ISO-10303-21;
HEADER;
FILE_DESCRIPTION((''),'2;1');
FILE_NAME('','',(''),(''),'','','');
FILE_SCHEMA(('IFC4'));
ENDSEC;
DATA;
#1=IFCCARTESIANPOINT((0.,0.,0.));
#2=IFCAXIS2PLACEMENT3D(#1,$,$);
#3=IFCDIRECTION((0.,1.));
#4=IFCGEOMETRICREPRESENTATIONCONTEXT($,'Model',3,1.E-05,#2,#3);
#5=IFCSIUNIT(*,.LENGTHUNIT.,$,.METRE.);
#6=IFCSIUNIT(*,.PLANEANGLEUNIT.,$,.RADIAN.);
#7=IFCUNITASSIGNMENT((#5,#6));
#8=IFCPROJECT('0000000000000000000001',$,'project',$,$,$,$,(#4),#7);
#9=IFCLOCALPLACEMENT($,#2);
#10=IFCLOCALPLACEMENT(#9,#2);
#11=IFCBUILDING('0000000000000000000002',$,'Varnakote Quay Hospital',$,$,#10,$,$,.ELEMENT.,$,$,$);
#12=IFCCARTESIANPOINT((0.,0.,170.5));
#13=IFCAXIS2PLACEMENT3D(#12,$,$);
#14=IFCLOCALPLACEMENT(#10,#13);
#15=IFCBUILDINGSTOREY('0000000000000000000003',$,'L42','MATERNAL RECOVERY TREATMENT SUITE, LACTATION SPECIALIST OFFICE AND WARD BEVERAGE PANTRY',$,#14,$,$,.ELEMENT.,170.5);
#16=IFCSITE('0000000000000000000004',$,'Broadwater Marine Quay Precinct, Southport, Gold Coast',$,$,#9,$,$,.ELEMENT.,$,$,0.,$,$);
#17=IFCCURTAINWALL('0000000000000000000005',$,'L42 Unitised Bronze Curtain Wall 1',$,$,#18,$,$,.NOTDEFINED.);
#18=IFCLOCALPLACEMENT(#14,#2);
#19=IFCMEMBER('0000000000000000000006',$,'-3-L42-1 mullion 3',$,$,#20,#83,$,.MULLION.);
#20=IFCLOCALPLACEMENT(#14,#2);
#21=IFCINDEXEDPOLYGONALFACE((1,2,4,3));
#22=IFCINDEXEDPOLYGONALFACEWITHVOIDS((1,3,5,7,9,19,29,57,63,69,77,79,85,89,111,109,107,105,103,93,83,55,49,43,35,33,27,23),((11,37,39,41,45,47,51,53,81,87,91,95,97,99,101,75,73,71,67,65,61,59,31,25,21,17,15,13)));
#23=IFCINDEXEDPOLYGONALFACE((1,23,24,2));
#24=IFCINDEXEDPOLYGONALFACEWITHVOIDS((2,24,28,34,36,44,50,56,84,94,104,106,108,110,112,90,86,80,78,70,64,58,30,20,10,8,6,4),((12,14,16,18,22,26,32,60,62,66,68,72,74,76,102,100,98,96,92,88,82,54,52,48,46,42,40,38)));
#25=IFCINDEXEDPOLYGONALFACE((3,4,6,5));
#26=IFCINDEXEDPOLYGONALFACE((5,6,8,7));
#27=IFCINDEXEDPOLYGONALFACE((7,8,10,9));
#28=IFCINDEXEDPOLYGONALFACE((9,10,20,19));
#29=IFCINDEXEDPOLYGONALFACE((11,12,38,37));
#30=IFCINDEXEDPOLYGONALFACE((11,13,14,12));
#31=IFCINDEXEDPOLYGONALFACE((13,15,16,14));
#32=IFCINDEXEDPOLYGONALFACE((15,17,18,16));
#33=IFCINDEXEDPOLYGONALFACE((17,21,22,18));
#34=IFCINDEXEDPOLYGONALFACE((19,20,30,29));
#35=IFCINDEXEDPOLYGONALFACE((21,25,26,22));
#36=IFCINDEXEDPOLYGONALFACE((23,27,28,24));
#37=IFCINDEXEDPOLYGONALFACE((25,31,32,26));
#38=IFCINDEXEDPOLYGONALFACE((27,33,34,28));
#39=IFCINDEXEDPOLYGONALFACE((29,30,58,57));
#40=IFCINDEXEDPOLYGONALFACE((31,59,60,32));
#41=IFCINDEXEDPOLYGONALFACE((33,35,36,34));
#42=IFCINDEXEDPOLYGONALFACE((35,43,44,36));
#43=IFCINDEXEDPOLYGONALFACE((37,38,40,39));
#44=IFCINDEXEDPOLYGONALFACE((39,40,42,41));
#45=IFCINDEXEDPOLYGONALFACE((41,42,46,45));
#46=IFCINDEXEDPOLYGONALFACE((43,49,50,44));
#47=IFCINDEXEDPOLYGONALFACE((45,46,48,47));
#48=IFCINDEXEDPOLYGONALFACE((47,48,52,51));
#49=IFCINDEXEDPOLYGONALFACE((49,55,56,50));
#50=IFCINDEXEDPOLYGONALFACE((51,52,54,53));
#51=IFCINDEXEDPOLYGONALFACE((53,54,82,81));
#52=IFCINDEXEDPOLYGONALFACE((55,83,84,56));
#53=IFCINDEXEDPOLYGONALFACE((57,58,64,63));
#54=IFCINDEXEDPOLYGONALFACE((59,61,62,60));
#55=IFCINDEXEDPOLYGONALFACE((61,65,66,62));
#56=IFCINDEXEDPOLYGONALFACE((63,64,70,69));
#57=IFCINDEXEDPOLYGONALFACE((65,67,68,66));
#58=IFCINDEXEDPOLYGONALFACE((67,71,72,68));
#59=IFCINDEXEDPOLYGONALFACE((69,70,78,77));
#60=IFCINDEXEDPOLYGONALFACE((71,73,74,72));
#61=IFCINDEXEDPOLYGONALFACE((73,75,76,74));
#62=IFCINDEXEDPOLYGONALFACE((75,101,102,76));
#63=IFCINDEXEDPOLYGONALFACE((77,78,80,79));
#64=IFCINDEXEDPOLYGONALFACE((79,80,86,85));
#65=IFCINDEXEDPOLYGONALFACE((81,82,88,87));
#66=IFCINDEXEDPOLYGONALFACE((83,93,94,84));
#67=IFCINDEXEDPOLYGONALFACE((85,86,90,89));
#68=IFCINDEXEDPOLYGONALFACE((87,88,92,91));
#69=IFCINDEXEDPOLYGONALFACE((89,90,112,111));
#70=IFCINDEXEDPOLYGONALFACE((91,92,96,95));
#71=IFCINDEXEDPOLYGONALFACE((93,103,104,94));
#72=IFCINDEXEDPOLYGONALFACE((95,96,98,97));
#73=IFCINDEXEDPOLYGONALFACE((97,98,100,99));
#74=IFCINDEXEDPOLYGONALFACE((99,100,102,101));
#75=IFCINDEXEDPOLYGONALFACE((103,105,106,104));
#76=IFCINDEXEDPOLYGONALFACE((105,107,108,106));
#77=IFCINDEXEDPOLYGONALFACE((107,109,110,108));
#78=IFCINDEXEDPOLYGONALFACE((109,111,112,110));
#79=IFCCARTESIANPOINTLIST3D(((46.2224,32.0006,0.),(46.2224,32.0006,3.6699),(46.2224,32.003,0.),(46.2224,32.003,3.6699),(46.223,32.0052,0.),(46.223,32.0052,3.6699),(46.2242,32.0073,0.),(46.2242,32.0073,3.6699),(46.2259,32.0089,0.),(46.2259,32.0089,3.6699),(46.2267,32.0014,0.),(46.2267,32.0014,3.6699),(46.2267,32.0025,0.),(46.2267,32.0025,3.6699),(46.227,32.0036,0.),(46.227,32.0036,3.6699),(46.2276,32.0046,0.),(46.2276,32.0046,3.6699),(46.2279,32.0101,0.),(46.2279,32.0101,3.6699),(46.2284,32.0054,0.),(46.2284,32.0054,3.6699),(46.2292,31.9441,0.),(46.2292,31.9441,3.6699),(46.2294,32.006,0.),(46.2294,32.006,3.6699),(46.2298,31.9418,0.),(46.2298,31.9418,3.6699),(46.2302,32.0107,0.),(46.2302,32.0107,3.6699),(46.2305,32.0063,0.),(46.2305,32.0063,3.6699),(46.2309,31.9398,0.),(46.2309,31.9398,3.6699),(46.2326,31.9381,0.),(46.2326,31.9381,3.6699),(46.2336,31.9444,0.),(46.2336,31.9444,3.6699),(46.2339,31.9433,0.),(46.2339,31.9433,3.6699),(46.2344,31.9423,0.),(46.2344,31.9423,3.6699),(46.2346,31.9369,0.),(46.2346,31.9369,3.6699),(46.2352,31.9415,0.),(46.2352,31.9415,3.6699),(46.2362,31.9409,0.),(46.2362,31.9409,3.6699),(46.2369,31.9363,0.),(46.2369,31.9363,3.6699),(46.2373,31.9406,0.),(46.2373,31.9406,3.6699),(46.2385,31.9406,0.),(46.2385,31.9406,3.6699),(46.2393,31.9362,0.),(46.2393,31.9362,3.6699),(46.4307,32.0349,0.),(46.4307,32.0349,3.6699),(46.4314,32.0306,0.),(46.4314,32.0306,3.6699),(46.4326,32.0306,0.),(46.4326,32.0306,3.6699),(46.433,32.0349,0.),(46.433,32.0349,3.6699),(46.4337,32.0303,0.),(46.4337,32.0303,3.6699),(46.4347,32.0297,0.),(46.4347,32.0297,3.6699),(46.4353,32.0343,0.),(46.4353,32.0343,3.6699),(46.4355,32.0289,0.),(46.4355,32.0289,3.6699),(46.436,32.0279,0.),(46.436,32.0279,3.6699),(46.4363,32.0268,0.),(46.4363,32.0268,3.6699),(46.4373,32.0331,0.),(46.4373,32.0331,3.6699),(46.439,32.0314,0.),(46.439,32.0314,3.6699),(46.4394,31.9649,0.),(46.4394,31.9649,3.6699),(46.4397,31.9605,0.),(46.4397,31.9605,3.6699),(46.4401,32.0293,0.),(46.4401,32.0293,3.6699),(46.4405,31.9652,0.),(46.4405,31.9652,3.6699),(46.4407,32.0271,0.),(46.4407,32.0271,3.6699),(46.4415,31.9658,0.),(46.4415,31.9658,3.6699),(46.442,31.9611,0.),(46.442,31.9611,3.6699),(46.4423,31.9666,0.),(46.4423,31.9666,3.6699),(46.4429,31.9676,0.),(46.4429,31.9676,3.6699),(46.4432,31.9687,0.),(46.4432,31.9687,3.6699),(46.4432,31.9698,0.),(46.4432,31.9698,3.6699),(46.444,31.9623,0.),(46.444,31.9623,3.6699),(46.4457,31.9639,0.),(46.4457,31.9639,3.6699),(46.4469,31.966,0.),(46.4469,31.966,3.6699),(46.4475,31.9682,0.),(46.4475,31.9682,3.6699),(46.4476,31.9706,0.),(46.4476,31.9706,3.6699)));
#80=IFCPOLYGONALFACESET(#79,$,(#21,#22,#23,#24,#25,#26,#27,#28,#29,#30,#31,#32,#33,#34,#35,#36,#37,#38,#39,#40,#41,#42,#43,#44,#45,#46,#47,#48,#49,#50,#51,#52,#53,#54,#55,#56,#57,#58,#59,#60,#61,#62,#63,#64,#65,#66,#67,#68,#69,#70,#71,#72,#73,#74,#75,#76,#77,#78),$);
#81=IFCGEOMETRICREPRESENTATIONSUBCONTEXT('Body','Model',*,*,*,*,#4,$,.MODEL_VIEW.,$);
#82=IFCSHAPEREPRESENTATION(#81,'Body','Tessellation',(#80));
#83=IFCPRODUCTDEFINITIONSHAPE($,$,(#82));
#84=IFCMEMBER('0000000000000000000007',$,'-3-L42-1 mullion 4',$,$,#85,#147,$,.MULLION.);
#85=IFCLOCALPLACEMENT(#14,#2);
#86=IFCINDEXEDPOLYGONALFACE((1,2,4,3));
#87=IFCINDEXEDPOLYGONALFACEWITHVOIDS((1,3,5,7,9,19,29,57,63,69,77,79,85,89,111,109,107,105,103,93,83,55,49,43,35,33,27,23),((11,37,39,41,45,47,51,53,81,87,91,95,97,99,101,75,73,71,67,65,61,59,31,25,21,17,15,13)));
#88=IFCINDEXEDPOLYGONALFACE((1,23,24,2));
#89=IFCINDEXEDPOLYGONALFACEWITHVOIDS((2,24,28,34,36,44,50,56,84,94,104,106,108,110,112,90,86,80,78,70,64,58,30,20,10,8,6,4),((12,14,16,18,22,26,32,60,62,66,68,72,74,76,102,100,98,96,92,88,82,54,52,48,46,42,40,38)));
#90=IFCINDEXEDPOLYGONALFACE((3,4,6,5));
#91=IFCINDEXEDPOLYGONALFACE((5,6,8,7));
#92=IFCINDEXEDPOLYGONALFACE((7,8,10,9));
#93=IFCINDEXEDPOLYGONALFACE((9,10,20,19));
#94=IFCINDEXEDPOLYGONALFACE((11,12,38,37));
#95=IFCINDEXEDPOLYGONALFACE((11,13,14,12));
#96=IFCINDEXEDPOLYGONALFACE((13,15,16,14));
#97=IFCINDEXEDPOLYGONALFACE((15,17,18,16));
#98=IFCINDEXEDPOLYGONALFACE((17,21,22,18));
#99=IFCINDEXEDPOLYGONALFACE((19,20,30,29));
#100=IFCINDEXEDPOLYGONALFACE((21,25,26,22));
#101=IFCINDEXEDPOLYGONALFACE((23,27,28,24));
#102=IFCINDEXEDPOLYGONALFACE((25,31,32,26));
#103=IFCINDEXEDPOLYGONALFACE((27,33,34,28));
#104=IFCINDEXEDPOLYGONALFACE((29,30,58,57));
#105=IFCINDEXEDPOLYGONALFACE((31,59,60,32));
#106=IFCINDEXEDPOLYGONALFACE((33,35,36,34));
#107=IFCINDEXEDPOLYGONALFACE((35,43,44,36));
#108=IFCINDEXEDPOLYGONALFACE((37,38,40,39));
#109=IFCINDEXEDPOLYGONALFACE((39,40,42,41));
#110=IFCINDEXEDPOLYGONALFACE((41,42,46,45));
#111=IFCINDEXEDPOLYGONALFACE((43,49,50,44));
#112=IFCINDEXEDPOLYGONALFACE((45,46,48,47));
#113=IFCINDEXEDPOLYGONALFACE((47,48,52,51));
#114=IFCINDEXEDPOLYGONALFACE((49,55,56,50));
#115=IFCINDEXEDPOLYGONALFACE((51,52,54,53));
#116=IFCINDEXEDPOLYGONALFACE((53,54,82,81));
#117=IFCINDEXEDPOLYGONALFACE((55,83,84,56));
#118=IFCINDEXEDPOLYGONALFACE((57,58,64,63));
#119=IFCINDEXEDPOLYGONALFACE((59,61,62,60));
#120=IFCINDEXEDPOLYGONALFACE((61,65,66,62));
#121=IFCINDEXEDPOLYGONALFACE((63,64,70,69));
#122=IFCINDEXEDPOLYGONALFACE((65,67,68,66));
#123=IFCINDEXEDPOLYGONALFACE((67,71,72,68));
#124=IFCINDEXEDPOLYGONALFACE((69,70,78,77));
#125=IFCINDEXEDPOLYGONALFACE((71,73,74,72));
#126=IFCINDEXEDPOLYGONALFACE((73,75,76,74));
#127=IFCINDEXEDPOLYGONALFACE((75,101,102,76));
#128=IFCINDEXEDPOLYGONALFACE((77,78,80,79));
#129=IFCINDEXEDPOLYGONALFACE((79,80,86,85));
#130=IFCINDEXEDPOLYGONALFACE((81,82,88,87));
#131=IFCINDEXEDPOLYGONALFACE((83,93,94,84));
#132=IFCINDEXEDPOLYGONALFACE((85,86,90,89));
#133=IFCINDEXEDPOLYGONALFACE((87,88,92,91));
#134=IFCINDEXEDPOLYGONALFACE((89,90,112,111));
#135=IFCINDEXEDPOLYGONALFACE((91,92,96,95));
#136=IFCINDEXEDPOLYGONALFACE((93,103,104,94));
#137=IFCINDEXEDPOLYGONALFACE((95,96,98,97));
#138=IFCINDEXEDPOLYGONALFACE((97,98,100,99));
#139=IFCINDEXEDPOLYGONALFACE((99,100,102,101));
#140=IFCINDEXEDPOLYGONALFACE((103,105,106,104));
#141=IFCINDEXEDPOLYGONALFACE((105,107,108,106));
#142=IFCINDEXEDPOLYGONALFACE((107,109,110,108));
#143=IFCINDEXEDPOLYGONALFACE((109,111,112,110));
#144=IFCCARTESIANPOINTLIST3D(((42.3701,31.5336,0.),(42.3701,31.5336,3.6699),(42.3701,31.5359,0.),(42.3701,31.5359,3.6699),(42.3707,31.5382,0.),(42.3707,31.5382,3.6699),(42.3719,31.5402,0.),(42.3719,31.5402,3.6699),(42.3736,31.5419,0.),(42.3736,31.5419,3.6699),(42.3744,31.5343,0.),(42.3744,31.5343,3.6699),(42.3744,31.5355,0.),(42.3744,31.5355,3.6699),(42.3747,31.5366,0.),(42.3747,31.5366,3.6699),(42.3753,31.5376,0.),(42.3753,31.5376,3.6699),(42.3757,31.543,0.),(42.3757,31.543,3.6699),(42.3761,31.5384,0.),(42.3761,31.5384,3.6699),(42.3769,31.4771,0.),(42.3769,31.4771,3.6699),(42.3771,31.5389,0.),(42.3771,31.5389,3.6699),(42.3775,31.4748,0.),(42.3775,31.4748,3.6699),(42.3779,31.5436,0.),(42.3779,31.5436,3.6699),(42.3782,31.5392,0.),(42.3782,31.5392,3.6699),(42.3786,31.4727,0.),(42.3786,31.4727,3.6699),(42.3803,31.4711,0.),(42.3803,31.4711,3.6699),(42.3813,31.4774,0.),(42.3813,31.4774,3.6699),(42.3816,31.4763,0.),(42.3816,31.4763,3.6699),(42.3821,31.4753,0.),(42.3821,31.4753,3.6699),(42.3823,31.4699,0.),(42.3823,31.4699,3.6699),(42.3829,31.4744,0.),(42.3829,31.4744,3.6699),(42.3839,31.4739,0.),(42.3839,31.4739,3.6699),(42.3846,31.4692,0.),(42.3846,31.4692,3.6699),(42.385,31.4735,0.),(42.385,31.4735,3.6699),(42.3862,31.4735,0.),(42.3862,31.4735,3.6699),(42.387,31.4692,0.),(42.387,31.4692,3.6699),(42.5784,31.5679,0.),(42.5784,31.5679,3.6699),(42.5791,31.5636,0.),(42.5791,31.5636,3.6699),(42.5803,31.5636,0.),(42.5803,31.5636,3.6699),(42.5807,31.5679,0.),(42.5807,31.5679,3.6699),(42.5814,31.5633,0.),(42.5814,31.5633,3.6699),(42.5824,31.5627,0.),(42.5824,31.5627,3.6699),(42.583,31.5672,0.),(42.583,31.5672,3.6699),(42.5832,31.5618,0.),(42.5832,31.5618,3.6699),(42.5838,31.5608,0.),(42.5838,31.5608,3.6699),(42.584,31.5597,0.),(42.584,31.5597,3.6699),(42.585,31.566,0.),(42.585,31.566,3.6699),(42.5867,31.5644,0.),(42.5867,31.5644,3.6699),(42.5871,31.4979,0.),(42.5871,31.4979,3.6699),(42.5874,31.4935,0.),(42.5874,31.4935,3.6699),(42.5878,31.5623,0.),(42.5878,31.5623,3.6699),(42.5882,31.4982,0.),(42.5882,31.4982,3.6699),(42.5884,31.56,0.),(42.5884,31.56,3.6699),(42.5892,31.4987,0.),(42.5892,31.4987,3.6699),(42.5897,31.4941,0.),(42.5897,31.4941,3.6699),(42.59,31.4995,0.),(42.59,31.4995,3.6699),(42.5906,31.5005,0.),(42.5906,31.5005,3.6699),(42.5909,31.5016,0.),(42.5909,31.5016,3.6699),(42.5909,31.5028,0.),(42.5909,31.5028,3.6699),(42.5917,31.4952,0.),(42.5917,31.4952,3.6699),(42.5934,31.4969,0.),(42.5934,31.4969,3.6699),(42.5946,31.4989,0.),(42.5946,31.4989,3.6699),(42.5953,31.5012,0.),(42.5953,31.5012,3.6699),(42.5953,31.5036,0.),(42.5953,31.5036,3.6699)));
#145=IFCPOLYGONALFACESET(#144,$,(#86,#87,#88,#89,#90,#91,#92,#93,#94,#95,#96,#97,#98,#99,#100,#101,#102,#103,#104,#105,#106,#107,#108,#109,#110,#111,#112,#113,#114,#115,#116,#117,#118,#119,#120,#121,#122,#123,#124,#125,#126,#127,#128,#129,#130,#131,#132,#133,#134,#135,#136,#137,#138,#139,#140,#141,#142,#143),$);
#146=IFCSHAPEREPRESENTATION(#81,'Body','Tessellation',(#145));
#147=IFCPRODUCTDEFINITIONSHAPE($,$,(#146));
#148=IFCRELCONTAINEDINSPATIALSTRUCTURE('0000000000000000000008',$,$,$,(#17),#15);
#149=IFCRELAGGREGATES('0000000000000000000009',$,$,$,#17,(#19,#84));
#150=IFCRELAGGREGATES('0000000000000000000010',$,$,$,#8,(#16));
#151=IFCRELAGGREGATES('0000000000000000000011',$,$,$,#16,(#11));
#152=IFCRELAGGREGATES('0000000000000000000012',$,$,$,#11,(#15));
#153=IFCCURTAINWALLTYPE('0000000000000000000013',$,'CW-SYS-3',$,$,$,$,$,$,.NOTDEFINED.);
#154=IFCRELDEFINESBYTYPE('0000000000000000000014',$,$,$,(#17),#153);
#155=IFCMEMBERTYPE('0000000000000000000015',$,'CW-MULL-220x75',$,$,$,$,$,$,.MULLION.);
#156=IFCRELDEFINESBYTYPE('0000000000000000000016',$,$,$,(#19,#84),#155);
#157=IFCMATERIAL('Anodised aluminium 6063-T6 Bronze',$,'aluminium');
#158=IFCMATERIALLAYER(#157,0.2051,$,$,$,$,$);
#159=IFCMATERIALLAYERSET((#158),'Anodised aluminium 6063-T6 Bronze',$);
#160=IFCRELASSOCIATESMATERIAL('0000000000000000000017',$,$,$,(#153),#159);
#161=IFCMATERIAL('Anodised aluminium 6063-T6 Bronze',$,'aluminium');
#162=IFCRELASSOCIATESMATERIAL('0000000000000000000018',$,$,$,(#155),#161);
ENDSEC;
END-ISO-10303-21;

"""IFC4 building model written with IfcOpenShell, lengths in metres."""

from ifc_helpers import new_model, si_unit, direction, frame, origin, origin_2d, place, context, subcontext, project, spatial, hollow_rectangle, extrude, material, layer, layer_set, material_profile, profile_set, type_object, element, aggregate, save


model = new_model("IFC4")

# Units and contexts
model_context = context("Model", 3, precision=1e-05, world=origin(), true_north=direction((0.0, 1.0)))
body_context = subcontext(model_context, "Body", "Model", "MODEL_VIEW")
ifc_project = project(units=[si_unit("LENGTHUNIT", "METRE"), si_unit("PLANEANGLEUNIT", "RADIAN")], contexts=[model_context])

# Site, building, storey
site_placement = place(None, origin())
site = spatial("IfcSite", under=ifc_project, at=site_placement, Name="Broadwater Marine Quay Precinct, Southport, Gold Coast", CompositionType="ELEMENT", RefElevation=0.0)
building_placement = place(site_placement, origin())
building = spatial("IfcBuilding", under=site, at=building_placement, Name="Varnakote Quay Hospital", CompositionType="ELEMENT")
storey_placement = place(building_placement, frame((0.0, 0.0, 170.5)))
storey = spatial("IfcBuildingStorey", under=building, at=storey_placement, Name="L42", Description="MATERNAL RECOVERY TREATMENT SUITE, LACTATION SPECIALIST OFFICE AND WARD BEVERAGE PANTRY", CompositionType="ELEMENT", Elevation=170.5)

# Curtain wall, members
ifc_material_1 = material(Name="Anodised aluminium 6063-T6 Bronze", Category="aluminium")
ifc_layer_1 = layer(ifc_material_1, 0.2051)
ifc_layer_set_1 = layer_set([ifc_layer_1], Name="Anodised aluminium 6063-T6 Bronze")
curtain_wall_type = type_object("IfcCurtainWallType", Name="CW-SYS-3", PredefinedType="NOTDEFINED", material=ifc_layer_set_1)
curtain_wall_placement = place(storey_placement, origin())
curtain_wall = element("IfcCurtainWall", 1, at=curtain_wall_placement, inside=storey, type_object=curtain_wall_type, Name="L42 Unitised Bronze Curtain Wall 1", PredefinedType="NOTDEFINED")
ifc_material_2 = material(Name="Anodised aluminium 6063-T6 Bronze", Category="aluminium")
ifc_material_profile_1 = material_profile(ifc_material_2, hollow_rectangle(XDim=0.075, YDim=0.22, WallThickness=0.0044, InnerFilletRadius=0.0044, OuterFilletRadius=0.009, at=origin_2d()), Name="CW-MULL-220x75")
ifc_profile_set_1 = profile_set([ifc_material_profile_1], Name="Anodised aluminium 6063-T6 Bronze")
member_type_1 = type_object("IfcMemberType", Name="CW-MULL-220x75", PredefinedType="MULLION", material=ifc_profile_set_1)
member_1_placement = place(storey_placement, frame((46.335, 31.9856, 0.0), z_axis=(0.0, 0.0, 1.0), x_axis=(0.120327, -0.992734, 0.0)))
member_1 = element("IfcMember", 2, at=member_1_placement, type_object=member_type_1, Name="-3-L42-1 mullion 3", PredefinedType="MULLION", context=body_context, shape_type="SweptSolid", body=[
    extrude(hollow_rectangle(XDim=0.075, YDim=0.22, WallThickness=0.0044, InnerFilletRadius=0.0044, OuterFilletRadius=0.009, at=origin_2d()), origin(), (0.0, 0.0, 1.0), 3.6699),
])
member_2_placement = place(storey_placement, frame((42.4827, 31.5186, 0.0), z_axis=(0.0, 0.0, 1.0), x_axis=(0.120327, -0.992734, 0.0)))
member_2 = element("IfcMember", 3, at=member_2_placement, type_object=member_type_1, Name="-3-L42-1 mullion 4", PredefinedType="MULLION", context=body_context, shape_type="SweptSolid", body=[
    extrude(hollow_rectangle(XDim=0.075, YDim=0.22, WallThickness=0.0044, InnerFilletRadius=0.0044, OuterFilletRadius=0.009, at=origin_2d()), origin(), (0.0, 0.0, 1.0), 3.6699),
])

aggregate(curtain_wall, [member_1, member_2])

save(model, "model.ifc")
